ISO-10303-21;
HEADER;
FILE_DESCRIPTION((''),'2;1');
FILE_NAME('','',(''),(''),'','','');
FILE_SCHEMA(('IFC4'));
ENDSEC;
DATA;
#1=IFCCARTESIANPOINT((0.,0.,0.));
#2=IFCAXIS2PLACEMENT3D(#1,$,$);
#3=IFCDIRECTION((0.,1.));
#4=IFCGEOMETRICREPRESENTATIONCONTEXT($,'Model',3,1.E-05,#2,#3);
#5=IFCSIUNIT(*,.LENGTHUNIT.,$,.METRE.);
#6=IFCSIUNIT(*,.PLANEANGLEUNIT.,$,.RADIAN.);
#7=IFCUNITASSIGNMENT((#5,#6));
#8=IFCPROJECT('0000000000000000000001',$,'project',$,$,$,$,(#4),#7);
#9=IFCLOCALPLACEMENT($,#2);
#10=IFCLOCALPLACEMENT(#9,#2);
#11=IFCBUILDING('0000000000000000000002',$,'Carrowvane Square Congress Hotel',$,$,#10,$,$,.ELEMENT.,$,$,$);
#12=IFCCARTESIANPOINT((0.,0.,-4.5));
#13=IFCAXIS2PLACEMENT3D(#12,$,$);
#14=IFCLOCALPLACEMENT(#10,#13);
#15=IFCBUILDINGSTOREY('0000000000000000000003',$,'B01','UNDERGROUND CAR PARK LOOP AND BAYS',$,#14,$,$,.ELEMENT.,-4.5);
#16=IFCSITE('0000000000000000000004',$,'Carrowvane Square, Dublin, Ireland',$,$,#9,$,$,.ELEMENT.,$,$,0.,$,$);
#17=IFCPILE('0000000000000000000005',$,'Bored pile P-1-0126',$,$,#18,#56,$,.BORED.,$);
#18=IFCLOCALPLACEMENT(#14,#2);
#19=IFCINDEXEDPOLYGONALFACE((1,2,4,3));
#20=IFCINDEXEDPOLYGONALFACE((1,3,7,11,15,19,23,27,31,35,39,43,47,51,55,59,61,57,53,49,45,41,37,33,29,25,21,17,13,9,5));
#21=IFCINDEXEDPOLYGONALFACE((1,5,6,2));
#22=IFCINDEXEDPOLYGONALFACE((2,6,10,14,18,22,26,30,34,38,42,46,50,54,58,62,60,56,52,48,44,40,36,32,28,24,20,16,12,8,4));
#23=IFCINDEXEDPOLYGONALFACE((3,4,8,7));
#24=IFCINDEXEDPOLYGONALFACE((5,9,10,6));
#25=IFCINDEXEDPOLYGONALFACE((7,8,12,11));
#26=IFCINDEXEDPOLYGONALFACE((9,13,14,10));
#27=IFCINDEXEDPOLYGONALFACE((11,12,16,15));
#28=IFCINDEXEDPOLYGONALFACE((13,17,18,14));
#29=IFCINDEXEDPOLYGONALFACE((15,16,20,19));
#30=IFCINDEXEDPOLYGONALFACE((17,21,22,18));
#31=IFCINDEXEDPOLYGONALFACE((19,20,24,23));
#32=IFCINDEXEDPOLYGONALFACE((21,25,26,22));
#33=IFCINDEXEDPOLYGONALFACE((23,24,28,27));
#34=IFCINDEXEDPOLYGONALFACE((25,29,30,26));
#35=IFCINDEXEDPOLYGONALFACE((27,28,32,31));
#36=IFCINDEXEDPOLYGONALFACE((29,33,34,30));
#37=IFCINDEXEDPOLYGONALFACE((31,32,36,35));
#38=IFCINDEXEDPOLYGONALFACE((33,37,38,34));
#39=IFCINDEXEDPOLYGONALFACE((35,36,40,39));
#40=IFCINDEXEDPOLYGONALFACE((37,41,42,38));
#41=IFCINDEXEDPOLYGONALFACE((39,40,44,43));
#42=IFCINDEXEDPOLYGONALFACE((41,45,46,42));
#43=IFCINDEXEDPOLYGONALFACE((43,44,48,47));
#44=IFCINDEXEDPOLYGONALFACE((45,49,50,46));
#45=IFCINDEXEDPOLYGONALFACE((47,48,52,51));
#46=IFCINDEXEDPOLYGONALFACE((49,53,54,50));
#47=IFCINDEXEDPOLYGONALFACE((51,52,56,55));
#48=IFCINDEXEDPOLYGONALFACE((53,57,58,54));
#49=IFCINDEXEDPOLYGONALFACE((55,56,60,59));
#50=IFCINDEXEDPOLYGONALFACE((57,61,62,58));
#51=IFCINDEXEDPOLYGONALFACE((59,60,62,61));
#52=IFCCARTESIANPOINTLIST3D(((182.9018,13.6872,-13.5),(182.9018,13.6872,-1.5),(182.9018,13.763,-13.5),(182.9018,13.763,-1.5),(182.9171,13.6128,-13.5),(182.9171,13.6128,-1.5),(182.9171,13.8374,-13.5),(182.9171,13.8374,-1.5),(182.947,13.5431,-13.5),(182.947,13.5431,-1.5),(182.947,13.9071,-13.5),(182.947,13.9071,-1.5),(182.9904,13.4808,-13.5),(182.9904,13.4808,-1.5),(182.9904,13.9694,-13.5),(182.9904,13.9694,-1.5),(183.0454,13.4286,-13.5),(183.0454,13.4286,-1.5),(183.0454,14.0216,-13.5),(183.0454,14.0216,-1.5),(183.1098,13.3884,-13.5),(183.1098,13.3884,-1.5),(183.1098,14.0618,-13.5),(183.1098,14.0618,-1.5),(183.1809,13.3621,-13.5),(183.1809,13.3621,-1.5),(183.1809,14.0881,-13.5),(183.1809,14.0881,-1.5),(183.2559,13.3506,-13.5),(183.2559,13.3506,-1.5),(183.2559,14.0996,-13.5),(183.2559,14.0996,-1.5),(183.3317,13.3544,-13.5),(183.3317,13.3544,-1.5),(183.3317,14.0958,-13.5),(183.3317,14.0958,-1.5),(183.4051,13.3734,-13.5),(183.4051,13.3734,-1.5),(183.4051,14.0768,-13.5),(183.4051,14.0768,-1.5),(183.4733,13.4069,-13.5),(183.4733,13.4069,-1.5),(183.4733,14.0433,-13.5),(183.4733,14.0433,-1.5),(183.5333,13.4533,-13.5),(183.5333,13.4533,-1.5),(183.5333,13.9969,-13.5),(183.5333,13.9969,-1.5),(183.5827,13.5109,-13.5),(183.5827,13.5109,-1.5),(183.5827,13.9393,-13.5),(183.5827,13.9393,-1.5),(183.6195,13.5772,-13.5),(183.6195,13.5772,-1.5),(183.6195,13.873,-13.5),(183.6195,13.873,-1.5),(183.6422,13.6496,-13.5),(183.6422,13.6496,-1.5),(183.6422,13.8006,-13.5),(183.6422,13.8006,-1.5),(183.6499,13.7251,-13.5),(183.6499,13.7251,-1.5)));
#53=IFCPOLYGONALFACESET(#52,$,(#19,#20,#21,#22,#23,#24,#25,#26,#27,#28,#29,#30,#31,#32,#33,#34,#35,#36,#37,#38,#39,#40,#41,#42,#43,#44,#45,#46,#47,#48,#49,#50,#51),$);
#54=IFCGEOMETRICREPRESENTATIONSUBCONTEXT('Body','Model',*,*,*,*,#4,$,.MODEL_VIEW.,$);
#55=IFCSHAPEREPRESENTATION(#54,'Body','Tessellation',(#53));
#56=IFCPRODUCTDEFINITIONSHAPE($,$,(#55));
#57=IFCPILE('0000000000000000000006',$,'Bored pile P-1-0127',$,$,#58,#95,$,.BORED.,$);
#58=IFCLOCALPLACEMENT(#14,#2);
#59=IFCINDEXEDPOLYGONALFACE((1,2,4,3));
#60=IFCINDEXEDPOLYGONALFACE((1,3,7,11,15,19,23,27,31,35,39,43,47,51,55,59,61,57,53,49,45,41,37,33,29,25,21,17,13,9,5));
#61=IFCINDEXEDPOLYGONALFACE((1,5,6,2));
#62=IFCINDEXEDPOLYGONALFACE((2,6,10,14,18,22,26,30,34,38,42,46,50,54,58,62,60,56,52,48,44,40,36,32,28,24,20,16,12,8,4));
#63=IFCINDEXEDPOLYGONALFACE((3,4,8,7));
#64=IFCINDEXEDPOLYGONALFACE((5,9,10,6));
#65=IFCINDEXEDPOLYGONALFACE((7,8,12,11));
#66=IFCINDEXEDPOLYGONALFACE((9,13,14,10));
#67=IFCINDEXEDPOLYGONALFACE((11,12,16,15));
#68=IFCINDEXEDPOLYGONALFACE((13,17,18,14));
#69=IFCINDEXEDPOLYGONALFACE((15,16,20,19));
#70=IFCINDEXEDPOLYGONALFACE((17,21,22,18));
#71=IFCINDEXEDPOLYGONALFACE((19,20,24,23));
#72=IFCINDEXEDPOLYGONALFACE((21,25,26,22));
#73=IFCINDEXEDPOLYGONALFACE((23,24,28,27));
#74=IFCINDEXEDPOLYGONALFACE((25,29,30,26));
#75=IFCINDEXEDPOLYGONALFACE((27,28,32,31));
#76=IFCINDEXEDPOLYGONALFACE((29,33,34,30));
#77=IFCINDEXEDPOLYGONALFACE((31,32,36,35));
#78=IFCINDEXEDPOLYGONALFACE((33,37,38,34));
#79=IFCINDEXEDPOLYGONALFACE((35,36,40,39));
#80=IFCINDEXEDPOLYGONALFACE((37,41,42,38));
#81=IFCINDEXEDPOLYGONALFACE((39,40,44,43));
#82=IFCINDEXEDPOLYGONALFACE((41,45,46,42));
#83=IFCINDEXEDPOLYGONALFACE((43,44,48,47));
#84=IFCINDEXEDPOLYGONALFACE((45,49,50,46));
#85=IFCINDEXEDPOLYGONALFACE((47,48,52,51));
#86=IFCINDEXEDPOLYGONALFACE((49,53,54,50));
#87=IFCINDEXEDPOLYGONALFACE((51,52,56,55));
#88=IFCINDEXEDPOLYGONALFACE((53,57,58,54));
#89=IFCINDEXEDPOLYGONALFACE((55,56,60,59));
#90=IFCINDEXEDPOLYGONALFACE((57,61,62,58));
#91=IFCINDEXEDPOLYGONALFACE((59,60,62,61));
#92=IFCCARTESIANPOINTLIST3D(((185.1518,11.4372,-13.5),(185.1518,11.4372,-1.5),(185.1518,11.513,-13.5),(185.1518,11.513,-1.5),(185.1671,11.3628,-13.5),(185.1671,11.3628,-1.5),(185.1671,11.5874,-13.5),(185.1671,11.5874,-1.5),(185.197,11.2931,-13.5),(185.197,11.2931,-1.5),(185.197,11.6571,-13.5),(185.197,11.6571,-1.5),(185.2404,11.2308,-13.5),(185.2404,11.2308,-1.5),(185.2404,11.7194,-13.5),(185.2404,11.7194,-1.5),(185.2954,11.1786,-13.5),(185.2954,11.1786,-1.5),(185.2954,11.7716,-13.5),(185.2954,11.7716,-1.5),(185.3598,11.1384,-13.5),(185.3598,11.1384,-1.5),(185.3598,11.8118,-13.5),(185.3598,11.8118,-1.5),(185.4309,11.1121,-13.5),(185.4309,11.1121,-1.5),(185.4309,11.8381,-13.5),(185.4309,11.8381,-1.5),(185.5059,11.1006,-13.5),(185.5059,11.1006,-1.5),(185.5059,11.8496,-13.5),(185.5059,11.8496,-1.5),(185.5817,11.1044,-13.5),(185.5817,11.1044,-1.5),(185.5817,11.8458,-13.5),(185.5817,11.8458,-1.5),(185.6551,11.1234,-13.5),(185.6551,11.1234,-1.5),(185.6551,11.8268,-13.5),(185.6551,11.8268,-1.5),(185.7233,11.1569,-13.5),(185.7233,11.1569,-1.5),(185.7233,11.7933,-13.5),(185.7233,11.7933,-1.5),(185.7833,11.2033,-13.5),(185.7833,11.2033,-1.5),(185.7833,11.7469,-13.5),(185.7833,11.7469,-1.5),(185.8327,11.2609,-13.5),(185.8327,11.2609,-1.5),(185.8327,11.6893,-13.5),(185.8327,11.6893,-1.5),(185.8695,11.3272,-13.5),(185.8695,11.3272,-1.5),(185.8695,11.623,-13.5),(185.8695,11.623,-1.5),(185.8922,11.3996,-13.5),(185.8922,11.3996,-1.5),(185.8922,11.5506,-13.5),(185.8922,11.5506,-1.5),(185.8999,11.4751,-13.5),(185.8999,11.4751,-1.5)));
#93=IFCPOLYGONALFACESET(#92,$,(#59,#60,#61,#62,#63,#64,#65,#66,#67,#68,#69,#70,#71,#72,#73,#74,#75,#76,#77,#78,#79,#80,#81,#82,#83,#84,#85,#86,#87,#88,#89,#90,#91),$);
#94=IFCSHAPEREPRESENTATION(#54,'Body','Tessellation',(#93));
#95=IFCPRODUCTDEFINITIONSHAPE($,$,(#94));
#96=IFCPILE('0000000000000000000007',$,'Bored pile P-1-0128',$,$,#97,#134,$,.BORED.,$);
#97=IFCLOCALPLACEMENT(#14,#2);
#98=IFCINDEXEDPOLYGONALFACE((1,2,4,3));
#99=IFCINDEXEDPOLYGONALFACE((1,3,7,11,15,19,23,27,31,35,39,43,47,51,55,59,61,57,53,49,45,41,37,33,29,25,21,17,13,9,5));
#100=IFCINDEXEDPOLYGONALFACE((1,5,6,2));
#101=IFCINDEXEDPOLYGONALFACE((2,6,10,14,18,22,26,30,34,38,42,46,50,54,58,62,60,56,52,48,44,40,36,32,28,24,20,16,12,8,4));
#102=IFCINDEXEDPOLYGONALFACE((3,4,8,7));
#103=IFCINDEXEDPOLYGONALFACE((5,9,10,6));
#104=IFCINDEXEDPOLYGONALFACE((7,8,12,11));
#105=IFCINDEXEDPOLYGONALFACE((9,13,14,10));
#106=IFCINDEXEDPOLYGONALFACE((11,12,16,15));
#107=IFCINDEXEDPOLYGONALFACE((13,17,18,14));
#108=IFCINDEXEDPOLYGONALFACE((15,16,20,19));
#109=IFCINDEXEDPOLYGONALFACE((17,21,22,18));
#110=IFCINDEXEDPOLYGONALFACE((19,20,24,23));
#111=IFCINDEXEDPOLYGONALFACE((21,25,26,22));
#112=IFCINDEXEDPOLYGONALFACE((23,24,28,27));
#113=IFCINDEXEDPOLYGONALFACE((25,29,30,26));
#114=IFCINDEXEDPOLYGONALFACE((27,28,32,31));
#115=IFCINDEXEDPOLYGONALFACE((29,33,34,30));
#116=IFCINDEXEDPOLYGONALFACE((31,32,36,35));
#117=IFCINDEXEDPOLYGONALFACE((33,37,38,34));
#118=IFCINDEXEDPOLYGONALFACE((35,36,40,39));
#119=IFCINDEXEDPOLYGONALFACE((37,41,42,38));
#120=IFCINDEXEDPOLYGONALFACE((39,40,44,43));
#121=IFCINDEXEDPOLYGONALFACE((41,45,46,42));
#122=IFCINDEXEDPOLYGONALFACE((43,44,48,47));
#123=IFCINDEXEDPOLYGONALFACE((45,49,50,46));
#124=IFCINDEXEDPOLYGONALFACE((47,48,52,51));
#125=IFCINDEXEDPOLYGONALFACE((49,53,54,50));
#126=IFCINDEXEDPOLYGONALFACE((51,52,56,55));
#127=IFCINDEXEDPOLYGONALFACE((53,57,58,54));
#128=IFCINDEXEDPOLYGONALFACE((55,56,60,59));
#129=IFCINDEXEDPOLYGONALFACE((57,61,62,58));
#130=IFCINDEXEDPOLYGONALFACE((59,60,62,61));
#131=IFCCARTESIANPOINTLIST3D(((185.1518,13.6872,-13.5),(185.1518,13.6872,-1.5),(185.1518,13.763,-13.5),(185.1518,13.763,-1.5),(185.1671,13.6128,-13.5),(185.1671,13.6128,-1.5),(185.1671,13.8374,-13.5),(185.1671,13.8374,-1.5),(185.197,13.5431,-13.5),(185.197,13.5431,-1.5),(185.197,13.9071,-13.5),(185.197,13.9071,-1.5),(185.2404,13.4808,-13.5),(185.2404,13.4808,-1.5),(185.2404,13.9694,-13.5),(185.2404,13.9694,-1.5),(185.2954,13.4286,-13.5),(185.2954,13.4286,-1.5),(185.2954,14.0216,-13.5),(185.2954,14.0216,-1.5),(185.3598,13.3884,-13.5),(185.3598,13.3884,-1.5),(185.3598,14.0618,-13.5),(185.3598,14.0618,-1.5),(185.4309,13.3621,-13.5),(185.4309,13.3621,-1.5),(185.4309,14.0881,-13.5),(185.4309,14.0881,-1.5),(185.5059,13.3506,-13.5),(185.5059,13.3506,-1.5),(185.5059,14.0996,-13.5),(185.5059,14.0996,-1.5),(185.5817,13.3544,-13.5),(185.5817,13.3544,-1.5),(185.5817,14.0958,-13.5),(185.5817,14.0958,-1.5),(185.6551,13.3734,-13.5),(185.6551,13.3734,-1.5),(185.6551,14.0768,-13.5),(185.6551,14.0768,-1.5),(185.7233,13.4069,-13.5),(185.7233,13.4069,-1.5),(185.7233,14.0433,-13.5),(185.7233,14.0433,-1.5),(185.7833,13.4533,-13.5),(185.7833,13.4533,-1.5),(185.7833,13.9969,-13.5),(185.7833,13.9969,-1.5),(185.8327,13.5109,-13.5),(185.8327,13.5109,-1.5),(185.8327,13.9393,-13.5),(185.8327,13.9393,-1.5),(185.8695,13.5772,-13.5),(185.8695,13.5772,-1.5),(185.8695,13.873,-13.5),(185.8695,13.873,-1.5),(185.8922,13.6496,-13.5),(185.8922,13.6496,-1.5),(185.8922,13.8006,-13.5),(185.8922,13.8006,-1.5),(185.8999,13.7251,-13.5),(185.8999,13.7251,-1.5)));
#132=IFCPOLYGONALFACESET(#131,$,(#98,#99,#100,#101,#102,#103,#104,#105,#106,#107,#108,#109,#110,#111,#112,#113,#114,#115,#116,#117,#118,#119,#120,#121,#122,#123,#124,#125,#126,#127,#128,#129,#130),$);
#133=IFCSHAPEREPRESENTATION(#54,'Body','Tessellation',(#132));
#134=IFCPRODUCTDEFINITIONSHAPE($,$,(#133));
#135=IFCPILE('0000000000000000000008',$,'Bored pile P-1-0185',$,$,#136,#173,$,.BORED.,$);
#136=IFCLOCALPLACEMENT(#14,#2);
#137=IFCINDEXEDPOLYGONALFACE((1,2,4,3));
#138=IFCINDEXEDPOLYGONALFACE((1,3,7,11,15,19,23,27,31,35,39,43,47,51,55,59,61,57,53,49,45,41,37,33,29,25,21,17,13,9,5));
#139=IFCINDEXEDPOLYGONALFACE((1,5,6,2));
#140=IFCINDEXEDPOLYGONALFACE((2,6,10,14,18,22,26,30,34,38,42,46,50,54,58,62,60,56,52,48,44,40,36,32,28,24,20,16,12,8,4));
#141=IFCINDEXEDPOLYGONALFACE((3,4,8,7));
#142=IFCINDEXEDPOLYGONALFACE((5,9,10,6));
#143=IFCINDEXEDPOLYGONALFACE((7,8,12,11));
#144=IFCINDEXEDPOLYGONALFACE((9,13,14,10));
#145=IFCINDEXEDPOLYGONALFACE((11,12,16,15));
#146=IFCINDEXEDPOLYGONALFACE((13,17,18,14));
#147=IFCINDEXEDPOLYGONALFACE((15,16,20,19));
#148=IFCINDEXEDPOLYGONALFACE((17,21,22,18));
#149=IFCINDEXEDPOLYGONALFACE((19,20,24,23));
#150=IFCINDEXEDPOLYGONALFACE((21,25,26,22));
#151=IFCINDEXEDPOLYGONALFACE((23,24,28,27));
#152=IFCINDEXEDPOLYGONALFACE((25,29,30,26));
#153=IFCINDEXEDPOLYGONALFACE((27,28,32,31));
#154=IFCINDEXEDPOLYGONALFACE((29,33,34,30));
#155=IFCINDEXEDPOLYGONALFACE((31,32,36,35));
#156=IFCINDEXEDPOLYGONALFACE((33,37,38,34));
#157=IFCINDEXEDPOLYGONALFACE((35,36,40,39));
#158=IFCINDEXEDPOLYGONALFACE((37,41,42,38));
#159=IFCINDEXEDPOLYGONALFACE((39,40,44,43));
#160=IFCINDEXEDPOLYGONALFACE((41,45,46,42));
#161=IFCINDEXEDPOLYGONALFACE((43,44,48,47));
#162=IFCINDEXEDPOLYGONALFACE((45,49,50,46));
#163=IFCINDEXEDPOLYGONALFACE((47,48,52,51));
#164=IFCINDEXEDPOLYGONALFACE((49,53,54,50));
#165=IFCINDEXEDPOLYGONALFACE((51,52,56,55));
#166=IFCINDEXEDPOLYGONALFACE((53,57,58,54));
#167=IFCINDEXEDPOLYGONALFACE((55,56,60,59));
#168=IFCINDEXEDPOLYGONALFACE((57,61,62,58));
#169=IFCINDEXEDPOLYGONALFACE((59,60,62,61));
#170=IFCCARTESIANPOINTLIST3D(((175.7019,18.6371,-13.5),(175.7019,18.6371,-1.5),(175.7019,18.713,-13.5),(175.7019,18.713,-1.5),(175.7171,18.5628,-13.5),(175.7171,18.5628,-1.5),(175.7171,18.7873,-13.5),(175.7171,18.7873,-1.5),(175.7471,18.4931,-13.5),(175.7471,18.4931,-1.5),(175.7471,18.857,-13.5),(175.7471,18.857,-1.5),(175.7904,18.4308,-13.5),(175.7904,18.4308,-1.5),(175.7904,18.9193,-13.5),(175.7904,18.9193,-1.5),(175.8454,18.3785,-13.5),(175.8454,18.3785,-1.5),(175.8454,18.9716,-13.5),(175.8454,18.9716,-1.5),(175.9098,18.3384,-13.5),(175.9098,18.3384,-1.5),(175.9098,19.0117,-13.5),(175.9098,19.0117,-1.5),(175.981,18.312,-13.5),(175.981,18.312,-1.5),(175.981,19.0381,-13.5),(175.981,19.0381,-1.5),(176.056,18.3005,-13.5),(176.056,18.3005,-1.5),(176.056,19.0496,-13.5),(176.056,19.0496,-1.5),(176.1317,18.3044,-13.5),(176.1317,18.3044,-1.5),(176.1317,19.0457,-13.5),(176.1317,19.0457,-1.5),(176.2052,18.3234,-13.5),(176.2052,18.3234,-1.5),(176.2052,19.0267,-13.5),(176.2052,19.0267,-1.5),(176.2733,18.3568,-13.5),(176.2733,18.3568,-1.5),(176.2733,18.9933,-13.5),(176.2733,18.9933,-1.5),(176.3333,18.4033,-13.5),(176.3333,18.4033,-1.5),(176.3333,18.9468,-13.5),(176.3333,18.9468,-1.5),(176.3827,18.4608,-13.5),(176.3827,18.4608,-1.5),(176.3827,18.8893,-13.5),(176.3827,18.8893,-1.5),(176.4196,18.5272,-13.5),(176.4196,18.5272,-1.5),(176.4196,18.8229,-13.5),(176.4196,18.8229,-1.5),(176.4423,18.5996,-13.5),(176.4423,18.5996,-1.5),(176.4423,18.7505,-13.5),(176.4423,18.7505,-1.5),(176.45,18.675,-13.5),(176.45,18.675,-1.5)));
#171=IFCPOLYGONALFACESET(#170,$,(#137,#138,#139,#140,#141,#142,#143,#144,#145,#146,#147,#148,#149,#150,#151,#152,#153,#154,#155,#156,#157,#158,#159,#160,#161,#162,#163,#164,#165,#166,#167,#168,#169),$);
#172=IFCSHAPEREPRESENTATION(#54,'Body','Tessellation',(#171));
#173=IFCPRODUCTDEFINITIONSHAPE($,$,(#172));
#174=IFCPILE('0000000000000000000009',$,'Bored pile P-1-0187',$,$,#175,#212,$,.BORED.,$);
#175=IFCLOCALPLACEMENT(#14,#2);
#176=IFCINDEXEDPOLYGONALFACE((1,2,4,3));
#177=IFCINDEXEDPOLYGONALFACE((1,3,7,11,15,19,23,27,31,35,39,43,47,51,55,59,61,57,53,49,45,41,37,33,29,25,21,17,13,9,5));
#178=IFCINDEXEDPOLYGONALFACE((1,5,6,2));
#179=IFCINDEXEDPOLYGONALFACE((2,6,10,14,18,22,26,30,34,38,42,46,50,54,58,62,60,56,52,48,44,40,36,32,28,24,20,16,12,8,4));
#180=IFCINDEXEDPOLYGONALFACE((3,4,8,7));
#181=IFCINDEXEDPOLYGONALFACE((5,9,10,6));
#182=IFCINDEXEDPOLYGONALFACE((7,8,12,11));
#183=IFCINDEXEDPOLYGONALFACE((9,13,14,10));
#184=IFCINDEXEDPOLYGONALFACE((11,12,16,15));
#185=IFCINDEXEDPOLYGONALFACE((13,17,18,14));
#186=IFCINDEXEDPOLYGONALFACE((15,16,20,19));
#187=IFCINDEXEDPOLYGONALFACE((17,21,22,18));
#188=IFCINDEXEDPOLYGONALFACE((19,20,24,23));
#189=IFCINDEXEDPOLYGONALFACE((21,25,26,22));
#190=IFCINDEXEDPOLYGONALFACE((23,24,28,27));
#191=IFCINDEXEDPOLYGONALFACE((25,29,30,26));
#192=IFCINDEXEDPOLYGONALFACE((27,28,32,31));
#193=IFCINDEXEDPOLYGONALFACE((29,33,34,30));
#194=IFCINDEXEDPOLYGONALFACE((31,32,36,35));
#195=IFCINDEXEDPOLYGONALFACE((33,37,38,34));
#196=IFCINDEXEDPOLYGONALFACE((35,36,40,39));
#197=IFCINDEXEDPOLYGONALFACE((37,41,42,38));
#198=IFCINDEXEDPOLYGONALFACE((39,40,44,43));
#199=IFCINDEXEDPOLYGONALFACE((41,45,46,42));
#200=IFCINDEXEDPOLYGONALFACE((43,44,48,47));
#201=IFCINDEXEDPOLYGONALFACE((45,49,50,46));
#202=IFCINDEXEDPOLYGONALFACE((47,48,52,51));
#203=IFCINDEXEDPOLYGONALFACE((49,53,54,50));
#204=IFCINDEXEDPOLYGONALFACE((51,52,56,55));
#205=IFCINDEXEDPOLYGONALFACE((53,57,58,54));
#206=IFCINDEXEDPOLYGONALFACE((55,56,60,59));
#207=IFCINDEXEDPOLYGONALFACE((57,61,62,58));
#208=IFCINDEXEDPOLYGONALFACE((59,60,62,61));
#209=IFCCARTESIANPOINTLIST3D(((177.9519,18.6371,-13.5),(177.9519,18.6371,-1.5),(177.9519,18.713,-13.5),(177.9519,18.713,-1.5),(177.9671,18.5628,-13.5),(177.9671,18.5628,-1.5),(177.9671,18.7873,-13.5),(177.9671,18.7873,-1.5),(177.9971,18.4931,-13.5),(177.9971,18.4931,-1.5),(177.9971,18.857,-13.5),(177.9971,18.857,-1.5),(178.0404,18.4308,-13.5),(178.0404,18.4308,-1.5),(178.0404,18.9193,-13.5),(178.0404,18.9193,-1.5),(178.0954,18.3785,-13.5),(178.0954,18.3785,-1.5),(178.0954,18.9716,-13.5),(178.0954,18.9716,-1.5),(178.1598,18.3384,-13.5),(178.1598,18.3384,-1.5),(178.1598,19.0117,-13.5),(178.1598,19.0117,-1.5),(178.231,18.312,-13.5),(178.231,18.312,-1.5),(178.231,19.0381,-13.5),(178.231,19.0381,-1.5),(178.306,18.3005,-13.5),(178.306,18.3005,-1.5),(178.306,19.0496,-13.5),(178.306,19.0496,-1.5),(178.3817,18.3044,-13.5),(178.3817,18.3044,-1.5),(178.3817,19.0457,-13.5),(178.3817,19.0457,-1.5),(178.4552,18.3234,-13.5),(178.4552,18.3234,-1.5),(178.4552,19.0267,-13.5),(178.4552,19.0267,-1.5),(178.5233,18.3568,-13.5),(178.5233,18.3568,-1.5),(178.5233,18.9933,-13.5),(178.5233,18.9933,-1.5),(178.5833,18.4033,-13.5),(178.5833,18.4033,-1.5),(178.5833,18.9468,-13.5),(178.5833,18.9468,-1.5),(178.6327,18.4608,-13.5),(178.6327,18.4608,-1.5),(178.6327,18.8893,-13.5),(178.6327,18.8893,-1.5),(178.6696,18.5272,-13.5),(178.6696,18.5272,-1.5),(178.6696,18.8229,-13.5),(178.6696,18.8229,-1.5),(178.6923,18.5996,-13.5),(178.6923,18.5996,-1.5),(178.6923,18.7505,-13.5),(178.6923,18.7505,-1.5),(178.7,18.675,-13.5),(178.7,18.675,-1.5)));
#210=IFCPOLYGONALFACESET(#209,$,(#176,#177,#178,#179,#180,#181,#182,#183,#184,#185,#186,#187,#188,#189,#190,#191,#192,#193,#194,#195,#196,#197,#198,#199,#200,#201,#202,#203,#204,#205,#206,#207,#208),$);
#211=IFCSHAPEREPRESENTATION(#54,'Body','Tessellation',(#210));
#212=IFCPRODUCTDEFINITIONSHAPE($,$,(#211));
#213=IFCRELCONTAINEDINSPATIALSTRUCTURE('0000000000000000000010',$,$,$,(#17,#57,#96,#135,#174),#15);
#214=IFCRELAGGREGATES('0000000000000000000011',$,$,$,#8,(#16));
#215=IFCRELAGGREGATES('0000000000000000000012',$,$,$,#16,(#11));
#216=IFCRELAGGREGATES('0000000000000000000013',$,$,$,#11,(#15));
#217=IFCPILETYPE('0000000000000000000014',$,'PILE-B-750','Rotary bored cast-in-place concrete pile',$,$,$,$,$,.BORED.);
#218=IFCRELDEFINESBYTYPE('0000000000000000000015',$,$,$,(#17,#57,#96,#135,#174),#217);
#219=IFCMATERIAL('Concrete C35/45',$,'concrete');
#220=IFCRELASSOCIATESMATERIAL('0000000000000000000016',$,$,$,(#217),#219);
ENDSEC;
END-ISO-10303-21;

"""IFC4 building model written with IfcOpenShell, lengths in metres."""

from ifc_helpers import new_model, si_unit, direction, frame, origin, origin_2d, place, context, subcontext, project, spatial, circle, extrude, material, material_profile, profile_set, type_object, element, save


model = new_model("IFC4")

# Units and contexts
model_context = context("Model", 3, precision=1e-05, world=origin(), true_north=direction((0.0, 1.0)))
body_context = subcontext(model_context, "Body", "Model", "MODEL_VIEW")
ifc_project = project(units=[si_unit("LENGTHUNIT", "METRE"), si_unit("PLANEANGLEUNIT", "RADIAN")], contexts=[model_context])

# Site, building, storey
site_placement = place(None, origin())
site = spatial("IfcSite", under=ifc_project, at=site_placement, Name="Carrowvane Square, Dublin, Ireland", CompositionType="ELEMENT", RefElevation=0.0)
building_placement = place(site_placement, origin())
building = spatial("IfcBuilding", under=site, at=building_placement, Name="Carrowvane Square Congress Hotel", CompositionType="ELEMENT")
storey_placement = place(building_placement, frame((0.0, 0.0, -4.5)))
storey = spatial("IfcBuildingStorey", under=building, at=storey_placement, Name="B01", Description="UNDERGROUND CAR PARK LOOP AND BAYS", CompositionType="ELEMENT", Elevation=-4.5)

# Piles
ifc_material_1 = material(Name="Concrete C35/45", Category="concrete")
ifc_material_profile_1 = material_profile(ifc_material_1, circle(Radius=0.375, at=origin_2d()), Name="PILE D750")
ifc_profile_set_1 = profile_set([ifc_material_profile_1], Name="Concrete C35/45")
pile_type_1 = type_object("IfcPileType", Name="PILE-B-750", Description="Rotary bored cast-in-place concrete pile", PredefinedType="BORED", material=ifc_profile_set_1)
for number, where, z_axis, x_axis, name in (
    (1, (183.2749, 13.7251, -1.5), (0.0, 0.0, -1.0), (1.0, 0.0, 0.0), "Bored pile P-1-0126"),
    (2, (185.5249, 11.4751, -1.5), (0.0, 0.0, -1.0), (1.0, 0.0, 0.0), "Bored pile P-1-0127"),
    (3, (185.5249, 13.7251, -1.5), (0.0, 0.0, -1.0), (1.0, 0.0, 0.0), "Bored pile P-1-0128"),
    (4, (176.075, 18.675, -1.5), (0.0, 0.0, -1.0), (1.0, 0.0, 0.0), "Bored pile P-1-0185"),
    (5, (178.325, 18.675, -1.5), (0.0, 0.0, -1.0), (1.0, 0.0, 0.0), "Bored pile P-1-0187"),
):
    element("IfcPile", number, at=place(storey_placement, frame(where, z_axis=z_axis, x_axis=x_axis)), inside=storey, type_object=pile_type_1, Name=name, PredefinedType="BORED", context=body_context, shape_type="SweptSolid", body=[
        extrude(circle(Radius=0.375, at=origin_2d()), origin(), (0.0, 0.0, 1.0), 12.0),
    ])

save(model, "model.ifc")
